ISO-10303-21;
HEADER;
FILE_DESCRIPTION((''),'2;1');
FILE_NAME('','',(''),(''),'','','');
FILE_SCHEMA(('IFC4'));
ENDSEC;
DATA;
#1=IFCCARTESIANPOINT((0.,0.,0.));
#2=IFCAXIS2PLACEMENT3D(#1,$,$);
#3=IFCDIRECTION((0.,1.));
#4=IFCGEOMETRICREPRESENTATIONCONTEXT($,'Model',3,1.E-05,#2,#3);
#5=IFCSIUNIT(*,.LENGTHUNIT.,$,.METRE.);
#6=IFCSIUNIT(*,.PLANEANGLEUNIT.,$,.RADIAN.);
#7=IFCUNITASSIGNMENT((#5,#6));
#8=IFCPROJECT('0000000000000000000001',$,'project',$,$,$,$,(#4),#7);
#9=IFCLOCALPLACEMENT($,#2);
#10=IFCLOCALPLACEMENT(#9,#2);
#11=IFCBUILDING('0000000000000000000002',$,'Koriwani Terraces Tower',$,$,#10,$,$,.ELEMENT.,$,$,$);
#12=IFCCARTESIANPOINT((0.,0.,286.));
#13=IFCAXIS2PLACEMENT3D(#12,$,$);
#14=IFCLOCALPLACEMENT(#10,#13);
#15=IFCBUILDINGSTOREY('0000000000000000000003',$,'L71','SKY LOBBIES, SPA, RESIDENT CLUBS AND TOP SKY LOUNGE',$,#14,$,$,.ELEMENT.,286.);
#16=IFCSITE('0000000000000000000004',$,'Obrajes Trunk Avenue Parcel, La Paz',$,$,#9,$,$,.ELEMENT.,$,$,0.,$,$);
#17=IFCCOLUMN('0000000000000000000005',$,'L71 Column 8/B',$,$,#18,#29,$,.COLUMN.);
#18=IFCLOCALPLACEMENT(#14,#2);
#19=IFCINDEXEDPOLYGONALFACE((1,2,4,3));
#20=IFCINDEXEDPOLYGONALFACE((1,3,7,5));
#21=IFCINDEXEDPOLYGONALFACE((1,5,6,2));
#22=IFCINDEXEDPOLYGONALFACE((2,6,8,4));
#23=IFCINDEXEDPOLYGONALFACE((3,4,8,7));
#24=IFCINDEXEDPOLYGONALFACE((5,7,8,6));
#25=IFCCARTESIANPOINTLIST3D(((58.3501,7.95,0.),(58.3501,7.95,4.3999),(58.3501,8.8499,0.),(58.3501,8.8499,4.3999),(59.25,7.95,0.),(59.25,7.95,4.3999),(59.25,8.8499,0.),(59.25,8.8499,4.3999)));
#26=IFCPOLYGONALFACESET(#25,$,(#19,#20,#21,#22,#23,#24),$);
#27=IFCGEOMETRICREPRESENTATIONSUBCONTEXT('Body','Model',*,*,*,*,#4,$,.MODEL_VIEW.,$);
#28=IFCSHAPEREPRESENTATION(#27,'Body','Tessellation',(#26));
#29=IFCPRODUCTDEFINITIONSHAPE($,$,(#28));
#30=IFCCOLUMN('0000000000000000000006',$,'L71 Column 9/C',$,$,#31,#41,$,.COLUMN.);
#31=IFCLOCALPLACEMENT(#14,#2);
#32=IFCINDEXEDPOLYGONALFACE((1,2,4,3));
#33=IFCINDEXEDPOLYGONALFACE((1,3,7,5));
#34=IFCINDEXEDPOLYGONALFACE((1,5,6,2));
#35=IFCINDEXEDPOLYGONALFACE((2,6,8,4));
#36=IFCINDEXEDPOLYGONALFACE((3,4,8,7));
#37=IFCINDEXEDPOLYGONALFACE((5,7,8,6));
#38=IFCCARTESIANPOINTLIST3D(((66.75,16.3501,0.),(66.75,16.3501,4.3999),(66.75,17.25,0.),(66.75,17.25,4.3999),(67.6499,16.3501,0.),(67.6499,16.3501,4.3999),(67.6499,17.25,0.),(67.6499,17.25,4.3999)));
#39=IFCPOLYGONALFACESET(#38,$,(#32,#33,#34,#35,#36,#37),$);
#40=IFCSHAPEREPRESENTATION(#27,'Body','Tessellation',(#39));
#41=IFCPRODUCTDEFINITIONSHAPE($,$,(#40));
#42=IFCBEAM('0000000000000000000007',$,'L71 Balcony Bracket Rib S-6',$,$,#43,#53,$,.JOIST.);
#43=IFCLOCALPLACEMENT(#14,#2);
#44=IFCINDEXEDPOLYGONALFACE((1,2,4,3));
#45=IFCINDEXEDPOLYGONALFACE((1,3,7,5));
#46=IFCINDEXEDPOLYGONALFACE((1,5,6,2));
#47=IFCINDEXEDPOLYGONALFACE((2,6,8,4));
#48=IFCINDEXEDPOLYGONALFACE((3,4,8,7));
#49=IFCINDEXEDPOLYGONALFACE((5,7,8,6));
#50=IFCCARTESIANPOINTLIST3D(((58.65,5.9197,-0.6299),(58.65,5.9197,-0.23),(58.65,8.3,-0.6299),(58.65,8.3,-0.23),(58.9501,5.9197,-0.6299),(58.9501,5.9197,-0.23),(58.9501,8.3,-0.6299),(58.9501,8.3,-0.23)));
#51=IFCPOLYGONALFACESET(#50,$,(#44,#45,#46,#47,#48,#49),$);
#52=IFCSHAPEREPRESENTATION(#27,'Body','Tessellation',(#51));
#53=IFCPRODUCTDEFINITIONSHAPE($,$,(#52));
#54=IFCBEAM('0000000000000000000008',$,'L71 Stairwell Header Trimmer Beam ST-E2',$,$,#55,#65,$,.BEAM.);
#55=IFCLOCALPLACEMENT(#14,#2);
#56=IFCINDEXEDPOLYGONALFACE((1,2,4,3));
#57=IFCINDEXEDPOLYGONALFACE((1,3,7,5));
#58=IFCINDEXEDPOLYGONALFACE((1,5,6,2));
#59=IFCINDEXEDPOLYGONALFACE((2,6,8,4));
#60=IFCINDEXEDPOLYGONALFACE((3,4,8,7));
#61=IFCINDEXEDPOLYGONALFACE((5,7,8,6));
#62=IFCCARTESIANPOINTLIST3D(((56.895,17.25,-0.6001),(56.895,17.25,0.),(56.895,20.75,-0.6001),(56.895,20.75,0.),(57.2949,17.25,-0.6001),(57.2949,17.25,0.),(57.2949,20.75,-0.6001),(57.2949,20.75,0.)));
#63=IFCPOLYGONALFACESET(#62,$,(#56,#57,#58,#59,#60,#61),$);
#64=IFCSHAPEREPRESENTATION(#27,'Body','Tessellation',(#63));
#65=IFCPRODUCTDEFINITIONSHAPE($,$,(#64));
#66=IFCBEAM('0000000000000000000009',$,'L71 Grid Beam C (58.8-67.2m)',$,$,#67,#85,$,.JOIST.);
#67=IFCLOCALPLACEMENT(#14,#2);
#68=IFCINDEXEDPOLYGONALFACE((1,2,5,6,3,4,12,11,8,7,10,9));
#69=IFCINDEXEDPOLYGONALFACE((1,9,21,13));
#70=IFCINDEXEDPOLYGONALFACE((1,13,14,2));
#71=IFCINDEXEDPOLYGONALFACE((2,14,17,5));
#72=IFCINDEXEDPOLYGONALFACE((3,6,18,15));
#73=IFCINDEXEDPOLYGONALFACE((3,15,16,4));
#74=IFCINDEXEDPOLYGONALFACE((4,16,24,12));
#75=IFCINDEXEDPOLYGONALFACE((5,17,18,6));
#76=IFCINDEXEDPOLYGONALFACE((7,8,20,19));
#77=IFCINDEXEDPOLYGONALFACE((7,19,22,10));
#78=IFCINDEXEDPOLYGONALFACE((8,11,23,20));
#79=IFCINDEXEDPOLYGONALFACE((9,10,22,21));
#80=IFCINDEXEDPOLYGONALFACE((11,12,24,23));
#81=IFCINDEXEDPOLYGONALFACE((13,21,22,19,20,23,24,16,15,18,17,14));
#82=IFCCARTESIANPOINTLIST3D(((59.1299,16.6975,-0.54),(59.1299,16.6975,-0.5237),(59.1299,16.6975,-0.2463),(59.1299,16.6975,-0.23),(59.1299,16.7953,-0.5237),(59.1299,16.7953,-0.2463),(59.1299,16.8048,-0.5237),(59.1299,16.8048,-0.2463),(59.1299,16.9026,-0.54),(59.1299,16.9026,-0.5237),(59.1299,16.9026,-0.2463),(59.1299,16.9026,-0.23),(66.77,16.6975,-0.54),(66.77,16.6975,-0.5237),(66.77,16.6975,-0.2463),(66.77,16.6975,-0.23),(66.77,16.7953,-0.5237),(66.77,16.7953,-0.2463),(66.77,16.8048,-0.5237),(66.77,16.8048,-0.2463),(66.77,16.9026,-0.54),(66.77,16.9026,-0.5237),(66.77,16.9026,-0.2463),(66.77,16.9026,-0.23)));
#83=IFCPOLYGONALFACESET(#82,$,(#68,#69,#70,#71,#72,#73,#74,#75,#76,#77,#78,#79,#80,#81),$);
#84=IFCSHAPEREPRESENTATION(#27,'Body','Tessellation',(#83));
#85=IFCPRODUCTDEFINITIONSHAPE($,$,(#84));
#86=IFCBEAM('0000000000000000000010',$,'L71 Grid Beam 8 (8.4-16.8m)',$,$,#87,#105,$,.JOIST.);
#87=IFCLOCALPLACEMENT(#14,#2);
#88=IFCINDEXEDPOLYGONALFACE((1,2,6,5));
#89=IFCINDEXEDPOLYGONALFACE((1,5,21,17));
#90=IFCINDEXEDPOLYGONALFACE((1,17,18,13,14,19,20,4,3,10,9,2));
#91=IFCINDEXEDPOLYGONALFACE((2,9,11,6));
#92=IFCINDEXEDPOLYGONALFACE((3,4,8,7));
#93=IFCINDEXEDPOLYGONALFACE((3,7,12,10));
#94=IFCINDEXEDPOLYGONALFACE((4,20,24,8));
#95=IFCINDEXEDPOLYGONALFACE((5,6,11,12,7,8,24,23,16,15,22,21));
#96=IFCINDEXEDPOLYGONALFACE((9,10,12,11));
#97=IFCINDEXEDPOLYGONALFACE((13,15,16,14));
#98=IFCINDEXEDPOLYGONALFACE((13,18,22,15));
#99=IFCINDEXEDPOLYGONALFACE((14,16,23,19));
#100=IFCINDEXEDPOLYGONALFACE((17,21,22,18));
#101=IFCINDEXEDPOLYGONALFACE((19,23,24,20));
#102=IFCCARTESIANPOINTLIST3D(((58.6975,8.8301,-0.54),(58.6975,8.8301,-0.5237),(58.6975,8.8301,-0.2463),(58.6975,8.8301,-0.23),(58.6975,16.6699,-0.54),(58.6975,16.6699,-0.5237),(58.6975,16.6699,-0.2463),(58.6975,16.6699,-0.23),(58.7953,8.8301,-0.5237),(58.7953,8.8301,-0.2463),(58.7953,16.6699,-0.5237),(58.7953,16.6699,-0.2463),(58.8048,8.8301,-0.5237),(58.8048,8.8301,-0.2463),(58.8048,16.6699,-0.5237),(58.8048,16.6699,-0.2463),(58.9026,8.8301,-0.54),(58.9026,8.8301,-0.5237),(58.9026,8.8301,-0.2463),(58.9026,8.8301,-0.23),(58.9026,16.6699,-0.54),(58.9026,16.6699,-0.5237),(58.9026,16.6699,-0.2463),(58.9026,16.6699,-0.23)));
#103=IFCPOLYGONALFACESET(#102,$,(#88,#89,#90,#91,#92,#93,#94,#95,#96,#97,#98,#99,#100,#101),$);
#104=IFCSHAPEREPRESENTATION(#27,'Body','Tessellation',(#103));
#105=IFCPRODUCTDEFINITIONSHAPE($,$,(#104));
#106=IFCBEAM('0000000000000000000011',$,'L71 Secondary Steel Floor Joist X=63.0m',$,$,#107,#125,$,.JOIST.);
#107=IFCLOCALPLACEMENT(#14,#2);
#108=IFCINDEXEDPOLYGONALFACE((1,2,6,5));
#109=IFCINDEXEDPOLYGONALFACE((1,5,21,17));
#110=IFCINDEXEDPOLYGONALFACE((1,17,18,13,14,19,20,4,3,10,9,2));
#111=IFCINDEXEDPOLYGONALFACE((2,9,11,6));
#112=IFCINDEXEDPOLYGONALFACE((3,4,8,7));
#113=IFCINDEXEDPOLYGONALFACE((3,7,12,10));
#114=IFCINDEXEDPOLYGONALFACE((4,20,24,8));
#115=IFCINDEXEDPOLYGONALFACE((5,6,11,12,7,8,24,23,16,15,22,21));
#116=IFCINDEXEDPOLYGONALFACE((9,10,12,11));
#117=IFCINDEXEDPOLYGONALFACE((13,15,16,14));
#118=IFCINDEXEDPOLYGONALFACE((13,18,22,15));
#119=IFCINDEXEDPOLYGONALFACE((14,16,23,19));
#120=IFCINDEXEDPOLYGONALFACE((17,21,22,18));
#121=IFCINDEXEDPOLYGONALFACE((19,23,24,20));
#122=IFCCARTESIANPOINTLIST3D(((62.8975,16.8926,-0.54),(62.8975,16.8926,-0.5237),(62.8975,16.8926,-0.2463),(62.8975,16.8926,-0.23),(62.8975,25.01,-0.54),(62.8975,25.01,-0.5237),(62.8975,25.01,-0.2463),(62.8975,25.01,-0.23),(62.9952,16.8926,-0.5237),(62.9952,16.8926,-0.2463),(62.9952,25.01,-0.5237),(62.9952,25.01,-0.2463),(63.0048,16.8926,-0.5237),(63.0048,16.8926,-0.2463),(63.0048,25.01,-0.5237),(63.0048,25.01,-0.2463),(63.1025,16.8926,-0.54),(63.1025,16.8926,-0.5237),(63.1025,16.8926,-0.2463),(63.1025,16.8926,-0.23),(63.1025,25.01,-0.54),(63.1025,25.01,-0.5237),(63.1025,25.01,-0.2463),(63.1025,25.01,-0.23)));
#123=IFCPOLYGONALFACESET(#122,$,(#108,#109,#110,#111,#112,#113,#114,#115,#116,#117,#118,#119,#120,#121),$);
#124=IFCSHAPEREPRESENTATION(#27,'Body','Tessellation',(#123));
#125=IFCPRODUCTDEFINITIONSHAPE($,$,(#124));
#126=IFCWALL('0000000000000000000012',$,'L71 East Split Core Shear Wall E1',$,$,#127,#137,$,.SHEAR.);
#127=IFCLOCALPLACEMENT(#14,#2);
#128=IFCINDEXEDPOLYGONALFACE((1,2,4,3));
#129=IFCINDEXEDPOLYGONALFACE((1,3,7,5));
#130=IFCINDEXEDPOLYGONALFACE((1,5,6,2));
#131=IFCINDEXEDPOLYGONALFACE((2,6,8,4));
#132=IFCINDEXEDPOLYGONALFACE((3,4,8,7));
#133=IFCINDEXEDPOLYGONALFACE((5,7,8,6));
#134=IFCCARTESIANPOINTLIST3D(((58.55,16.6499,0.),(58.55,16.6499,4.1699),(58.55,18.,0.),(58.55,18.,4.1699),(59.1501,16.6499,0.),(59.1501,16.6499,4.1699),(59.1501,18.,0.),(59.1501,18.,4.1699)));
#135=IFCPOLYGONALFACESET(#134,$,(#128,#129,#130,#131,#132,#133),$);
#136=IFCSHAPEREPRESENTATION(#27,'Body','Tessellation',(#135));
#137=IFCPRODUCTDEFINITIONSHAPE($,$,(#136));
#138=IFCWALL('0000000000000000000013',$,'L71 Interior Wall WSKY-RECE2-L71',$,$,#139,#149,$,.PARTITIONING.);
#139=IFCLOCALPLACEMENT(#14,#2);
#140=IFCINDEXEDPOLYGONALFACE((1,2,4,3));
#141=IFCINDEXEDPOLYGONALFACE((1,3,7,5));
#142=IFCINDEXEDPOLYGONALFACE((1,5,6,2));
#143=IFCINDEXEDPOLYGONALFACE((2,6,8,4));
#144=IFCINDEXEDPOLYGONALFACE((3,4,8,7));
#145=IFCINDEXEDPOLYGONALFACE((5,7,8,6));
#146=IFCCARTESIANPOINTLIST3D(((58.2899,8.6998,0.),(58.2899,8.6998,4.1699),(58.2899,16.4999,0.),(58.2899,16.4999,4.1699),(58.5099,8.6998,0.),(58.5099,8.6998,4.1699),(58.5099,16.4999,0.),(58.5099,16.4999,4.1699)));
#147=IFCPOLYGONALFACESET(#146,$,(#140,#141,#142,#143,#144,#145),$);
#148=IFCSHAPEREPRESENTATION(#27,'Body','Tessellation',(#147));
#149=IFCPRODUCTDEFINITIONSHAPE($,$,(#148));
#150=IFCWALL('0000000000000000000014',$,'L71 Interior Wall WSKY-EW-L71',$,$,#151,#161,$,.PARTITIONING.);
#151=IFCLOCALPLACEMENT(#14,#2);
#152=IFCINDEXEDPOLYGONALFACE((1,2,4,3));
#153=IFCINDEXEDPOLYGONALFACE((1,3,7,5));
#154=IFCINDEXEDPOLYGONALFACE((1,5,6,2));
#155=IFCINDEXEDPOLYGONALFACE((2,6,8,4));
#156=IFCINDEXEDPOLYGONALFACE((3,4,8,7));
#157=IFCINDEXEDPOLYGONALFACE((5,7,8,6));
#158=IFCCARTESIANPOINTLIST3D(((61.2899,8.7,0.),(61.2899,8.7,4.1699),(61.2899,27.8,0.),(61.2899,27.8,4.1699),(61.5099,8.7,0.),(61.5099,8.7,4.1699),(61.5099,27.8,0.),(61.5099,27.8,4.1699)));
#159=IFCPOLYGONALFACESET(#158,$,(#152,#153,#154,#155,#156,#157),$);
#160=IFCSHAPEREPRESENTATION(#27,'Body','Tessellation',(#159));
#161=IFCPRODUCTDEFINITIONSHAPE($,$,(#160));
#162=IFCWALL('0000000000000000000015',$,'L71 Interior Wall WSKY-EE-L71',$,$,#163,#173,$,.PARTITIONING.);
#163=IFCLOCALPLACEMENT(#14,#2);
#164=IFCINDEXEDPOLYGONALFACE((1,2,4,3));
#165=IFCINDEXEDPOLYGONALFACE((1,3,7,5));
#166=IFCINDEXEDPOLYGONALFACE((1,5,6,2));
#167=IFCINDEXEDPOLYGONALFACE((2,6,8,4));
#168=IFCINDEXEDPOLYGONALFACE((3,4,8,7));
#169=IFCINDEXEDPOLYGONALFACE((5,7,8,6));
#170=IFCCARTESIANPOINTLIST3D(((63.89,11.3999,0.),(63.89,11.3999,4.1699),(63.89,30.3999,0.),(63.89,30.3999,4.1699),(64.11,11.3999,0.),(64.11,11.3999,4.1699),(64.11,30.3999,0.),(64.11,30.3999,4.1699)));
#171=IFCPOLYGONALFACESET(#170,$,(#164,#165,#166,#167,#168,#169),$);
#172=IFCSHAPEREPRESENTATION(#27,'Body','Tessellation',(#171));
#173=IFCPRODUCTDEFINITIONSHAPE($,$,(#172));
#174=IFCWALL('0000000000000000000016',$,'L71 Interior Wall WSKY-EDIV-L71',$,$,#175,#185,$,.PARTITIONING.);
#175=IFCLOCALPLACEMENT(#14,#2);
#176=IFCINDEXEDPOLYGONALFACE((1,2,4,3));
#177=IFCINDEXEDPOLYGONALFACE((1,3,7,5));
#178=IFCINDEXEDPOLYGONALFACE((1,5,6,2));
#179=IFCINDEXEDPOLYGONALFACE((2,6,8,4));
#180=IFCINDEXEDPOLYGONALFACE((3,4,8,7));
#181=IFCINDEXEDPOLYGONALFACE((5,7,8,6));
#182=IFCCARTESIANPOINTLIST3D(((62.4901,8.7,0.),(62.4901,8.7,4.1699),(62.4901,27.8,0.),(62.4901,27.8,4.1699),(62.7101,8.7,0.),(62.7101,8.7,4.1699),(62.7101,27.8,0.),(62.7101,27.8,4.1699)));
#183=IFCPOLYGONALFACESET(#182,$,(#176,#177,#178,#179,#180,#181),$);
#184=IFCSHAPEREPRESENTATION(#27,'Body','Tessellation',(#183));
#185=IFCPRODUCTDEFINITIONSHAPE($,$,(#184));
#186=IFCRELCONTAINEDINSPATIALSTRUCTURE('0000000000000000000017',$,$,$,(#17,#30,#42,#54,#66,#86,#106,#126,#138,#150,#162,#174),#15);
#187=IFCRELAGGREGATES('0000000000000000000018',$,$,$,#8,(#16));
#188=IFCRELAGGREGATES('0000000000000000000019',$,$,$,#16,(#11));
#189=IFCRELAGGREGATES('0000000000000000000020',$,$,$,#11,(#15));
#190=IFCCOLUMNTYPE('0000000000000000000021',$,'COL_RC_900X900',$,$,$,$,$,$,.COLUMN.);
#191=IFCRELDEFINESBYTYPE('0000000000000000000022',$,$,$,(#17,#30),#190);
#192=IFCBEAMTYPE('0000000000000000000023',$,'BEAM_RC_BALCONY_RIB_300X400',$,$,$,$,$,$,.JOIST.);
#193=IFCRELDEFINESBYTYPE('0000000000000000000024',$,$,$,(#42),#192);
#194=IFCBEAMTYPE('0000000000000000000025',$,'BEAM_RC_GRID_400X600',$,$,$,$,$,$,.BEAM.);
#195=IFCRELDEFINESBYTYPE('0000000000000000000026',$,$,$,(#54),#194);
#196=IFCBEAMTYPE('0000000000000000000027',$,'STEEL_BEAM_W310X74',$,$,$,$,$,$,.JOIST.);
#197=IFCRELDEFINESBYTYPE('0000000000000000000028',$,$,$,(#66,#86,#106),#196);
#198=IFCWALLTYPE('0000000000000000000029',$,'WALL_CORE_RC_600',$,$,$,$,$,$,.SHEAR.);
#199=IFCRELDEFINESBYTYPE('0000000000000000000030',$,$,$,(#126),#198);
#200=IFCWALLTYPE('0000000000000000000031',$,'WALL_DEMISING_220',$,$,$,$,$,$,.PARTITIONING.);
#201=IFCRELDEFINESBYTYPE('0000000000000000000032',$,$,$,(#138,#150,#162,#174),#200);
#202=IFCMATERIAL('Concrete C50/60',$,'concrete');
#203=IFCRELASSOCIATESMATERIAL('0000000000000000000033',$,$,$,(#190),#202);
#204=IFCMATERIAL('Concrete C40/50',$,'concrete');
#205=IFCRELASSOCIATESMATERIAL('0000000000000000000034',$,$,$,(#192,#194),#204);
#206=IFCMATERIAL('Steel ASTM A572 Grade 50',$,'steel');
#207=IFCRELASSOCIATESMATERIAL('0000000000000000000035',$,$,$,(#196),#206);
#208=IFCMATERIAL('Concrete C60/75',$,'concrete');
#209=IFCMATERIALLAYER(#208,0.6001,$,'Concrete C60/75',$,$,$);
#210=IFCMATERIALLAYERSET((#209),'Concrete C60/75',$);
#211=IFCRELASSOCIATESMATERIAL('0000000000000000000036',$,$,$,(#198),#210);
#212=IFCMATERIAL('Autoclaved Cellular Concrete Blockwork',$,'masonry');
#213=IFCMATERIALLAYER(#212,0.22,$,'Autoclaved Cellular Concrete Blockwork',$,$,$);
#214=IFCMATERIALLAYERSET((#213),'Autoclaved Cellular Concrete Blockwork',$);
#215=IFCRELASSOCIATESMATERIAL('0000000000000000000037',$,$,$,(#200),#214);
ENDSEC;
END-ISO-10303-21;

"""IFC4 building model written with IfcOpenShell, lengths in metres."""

from ifc_helpers import new_model, si_unit, direction, frame, frame_2d, origin, origin_2d, place, context, subcontext, project, spatial, rectangle, i_section, extrude, material, layer, layer_set, material_profile, profile_set, type_object, element, save


model = new_model("IFC4")

# Units and contexts
model_context = context("Model", 3, precision=1e-05, world=origin(), true_north=direction((0.0, 1.0)))
body_context = subcontext(model_context, "Body", "Model", "MODEL_VIEW")
ifc_project = project(units=[si_unit("LENGTHUNIT", "METRE"), si_unit("PLANEANGLEUNIT", "RADIAN")], contexts=[model_context])

# Site, building, storey
site_placement = place(None, origin())
site = spatial("IfcSite", under=ifc_project, at=site_placement, Name="Obrajes Trunk Avenue Parcel, La Paz", CompositionType="ELEMENT", RefElevation=0.0)
building_placement = place(site_placement, origin())
building = spatial("IfcBuilding", under=site, at=building_placement, Name="Koriwani Terraces Tower", CompositionType="ELEMENT")
storey_placement = place(building_placement, frame((0.0, 0.0, 286.0)))
storey = spatial("IfcBuildingStorey", under=building, at=storey_placement, Name="L71", Description="SKY LOBBIES, SPA, RESIDENT CLUBS AND TOP SKY LOUNGE", CompositionType="ELEMENT", Elevation=286.0)

# Columns
ifc_material_1 = material(Name="Concrete C50/60", Category="concrete")
ifc_material_profile_1 = material_profile(ifc_material_1, rectangle(XDim=0.8999, YDim=0.8999, at=origin_2d()), Name="Concrete C50/60", Category="LoadBearing")
ifc_profile_set_1 = profile_set([ifc_material_profile_1], Name="Concrete C50/60")
column_type = type_object("IfcColumnType", Name="COL_RC_900X900", PredefinedType="COLUMN", material=ifc_profile_set_1)
for number, where, z_axis, x_axis, name in (
    (1, (58.8, 8.3999, 0.0), (0.0, 0.0, 1.0), (1.0, 0.0, 0.0), "L71 Column 8/B"),
    (2, (67.2, 16.8, 0.0), (0.0, 0.0, 1.0), (1.0, 0.0, 0.0), "L71 Column 9/C"),
):
    element("IfcColumn", number, at=place(storey_placement, frame(where, z_axis=z_axis, x_axis=x_axis)), inside=storey, type_object=column_type, Name=name, PredefinedType="COLUMN", context=body_context, shape_type="SweptSolid", body=[
        extrude(rectangle(XDim=0.8999, YDim=0.8999, at=origin_2d()), origin(), (0.0, 0.0, 1.0), 4.3999),
    ])

# Beams
ifc_material_2 = material(Name="Concrete C40/50", Category="concrete")
ifc_material_profile_2 = material_profile(ifc_material_2, rectangle(XDim=0.3, YDim=0.3999, at=origin_2d()), Name="Concrete C40/50", Category="LoadBearing")
ifc_profile_set_2 = profile_set([ifc_material_profile_2], Name="Concrete C40/50")
beam_type_1 = type_object("IfcBeamType", Name="BEAM_RC_BALCONY_RIB_300X400", PredefinedType="JOIST", material=ifc_profile_set_2)
beam_1_placement = place(storey_placement, frame((58.8, 5.9197, -0.4299), z_axis=(0.0, 1.0, 0.0), x_axis=(-1.0, 0.0, 0.0)))
element("IfcBeam", 3, at=beam_1_placement, inside=storey, type_object=beam_type_1, Name="L71 Balcony Bracket Rib S-6", PredefinedType="JOIST", context=body_context, shape_type="SweptSolid", body=[
    extrude(rectangle(XDim=0.3, YDim=0.3999, at=origin_2d()), origin(), (0.0, 0.0, 1.0), 2.3804),
])
ifc_material_profile_3 = material_profile(ifc_material_2, rectangle(XDim=0.3999, YDim=0.6001, at=origin_2d()), Name="Concrete C40/50", Category="LoadBearing")
ifc_profile_set_3 = profile_set([ifc_material_profile_3], Name="Concrete C40/50")
beam_type_2 = type_object("IfcBeamType", Name="BEAM_RC_GRID_400X600", PredefinedType="BEAM", material=ifc_profile_set_3)
beam_2_placement = place(storey_placement, frame((57.095, 17.25, -0.3), z_axis=(0.0, 1.0, 0.0), x_axis=(-1.0, 0.0, 0.0)))
element("IfcBeam", 4, at=beam_2_placement, inside=storey, type_object=beam_type_2, Name="L71 Stairwell Header Trimmer Beam ST-E2", PredefinedType="BEAM", context=body_context, shape_type="SweptSolid", body=[
    extrude(rectangle(XDim=0.3999, YDim=0.6001, at=origin_2d()), origin(), (0.0, 0.0, 1.0), 3.5),
])
ifc_material_3 = material(Name="Steel ASTM A572 Grade 50", Category="steel")
ifc_material_profile_4 = material_profile(ifc_material_3, i_section(OverallWidth=0.2051, OverallDepth=0.3101, WebThickness=0.0095, FlangeThickness=0.0164, at=origin_2d()), Name="Steel ASTM A572 Grade 50", Category="LoadBearing")
ifc_profile_set_4 = profile_set([ifc_material_profile_4], Name="Steel ASTM A572 Grade 50")
beam_type_3 = type_object("IfcBeamType", Name="STEEL_BEAM_W310X74", PredefinedType="JOIST", material=ifc_profile_set_4)
beam_3_placement = place(storey_placement, frame((59.1299, 16.8, -0.385), z_axis=(1.0, 0.0, 0.0), x_axis=(0.0, 1.0, 0.0)))
element("IfcBeam", 5, at=beam_3_placement, inside=storey, type_object=beam_type_3, Name="L71 Grid Beam C (58.8-67.2m)", PredefinedType="JOIST", context=body_context, shape_type="SweptSolid", body=[
    extrude(i_section(OverallWidth=0.2051, OverallDepth=0.3101, WebThickness=0.0095, FlangeThickness=0.0164, at=origin_2d()), origin(), (0.0, 0.0, 1.0), 7.6401),
])
beam_4_placement = place(storey_placement, frame((58.8, 8.8301, -0.385), z_axis=(0.0, 1.0, 0.0), x_axis=(-1.0, 0.0, 0.0)))
element("IfcBeam", 6, at=beam_4_placement, inside=storey, type_object=beam_type_3, Name="L71 Grid Beam 8 (8.4-16.8m)", PredefinedType="JOIST", context=body_context, shape_type="SweptSolid", body=[
    extrude(i_section(OverallWidth=0.2051, OverallDepth=0.3101, WebThickness=0.0095, FlangeThickness=0.0164, at=origin_2d()), origin(), (0.0, 0.0, 1.0), 7.8398),
])
beam_5_placement = place(storey_placement, frame((63.0, 16.8926, -0.385), z_axis=(0.0, 1.0, 0.0), x_axis=(-1.0, 0.0, 0.0)))
element("IfcBeam", 7, at=beam_5_placement, inside=storey, type_object=beam_type_3, Name="L71 Secondary Steel Floor Joist X=63.0m", PredefinedType="JOIST", context=body_context, shape_type="SweptSolid", body=[
    extrude(i_section(OverallWidth=0.2051, OverallDepth=0.3101, WebThickness=0.0095, FlangeThickness=0.0164, at=origin_2d()), origin(), (0.0, 0.0, 1.0), 8.1174),
])

# Walls
ifc_material_4 = material(Name="Concrete C60/75", Category="concrete")
ifc_layer_1 = layer(ifc_material_4, 0.6001, Name="Concrete C60/75")
ifc_layer_set_1 = layer_set([ifc_layer_1], Name="Concrete C60/75")
wall_type_1 = type_object("IfcWallType", Name="WALL_CORE_RC_600", PredefinedType="SHEAR", material=ifc_layer_set_1)
wall_1_placement = place(storey_placement, frame((58.8501, 16.6499, 0.0), z_axis=(0.0, 0.0, 1.0), x_axis=(0.0, 1.0, 0.0)))
element("IfcWall", 8, at=wall_1_placement, inside=storey, type_object=wall_type_1, Name="L71 East Split Core Shear Wall E1", PredefinedType="SHEAR", context=body_context, shape_type="SweptSolid", body=[
    extrude(rectangle(XDim=1.3501, YDim=0.6001, at=frame_2d((0.675, 0.0))), origin(), (0.0, 0.0, 1.0), 4.1699),
])
ifc_material_5 = material(Name="Autoclaved Cellular Concrete Blockwork", Category="masonry")
ifc_layer_2 = layer(ifc_material_5, 0.22, Name="Autoclaved Cellular Concrete Blockwork")
ifc_layer_set_2 = layer_set([ifc_layer_2], Name="Autoclaved Cellular Concrete Blockwork")
wall_type_2 = type_object("IfcWallType", Name="WALL_DEMISING_220", PredefinedType="PARTITIONING", material=ifc_layer_set_2)
wall_2_placement = place(storey_placement, frame((58.3999, 8.7, 0.0), z_axis=(0.0, 0.0, 1.0), x_axis=(0.0, 1.0, 0.0)))
element("IfcWall", 9, at=wall_2_placement, inside=storey, type_object=wall_type_2, Name="L71 Interior Wall WSKY-RECE2-L71", PredefinedType="PARTITIONING", context=body_context, shape_type="SweptSolid", body=[
    extrude(rectangle(XDim=7.8, YDim=0.22, at=frame_2d((3.8999, 0.0))), origin(), (0.0, 0.0, 1.0), 4.1699),
])
wall_3_placement = place(storey_placement, frame((61.3999, 8.7, 0.0), z_axis=(0.0, 0.0, 1.0), x_axis=(0.0, 1.0, 0.0)))
element("IfcWall", 10, at=wall_3_placement, inside=storey, type_object=wall_type_2, Name="L71 Interior Wall WSKY-EW-L71", PredefinedType="PARTITIONING", context=body_context, shape_type="SweptSolid", body=[
    extrude(rectangle(XDim=19.1001, YDim=0.22, at=frame_2d((9.55, 0.0))), origin(), (0.0, 0.0, 1.0), 4.1699),
])
wall_4_placement = place(storey_placement, frame((64.0, 11.3999, 0.0), z_axis=(0.0, 0.0, 1.0), x_axis=(0.0, 1.0, 0.0)))
element("IfcWall", 11, at=wall_4_placement, inside=storey, type_object=wall_type_2, Name="L71 Interior Wall WSKY-EE-L71", PredefinedType="PARTITIONING", context=body_context, shape_type="SweptSolid", body=[
    extrude(rectangle(XDim=19.0, YDim=0.22, at=frame_2d((9.5, 0.0))), origin(), (0.0, 0.0, 1.0), 4.1699),
])
wall_5_placement = place(storey_placement, frame((62.6001, 8.7, 0.0), z_axis=(0.0, 0.0, 1.0), x_axis=(0.0, 1.0, 0.0)))
element("IfcWall", 12, at=wall_5_placement, inside=storey, type_object=wall_type_2, Name="L71 Interior Wall WSKY-EDIV-L71", PredefinedType="PARTITIONING", context=body_context, shape_type="SweptSolid", body=[
    extrude(rectangle(XDim=19.1001, YDim=0.22, at=frame_2d((9.55, 0.0))), origin(), (0.0, 0.0, 1.0), 4.1699),
])

save(model, "model.ifc")
